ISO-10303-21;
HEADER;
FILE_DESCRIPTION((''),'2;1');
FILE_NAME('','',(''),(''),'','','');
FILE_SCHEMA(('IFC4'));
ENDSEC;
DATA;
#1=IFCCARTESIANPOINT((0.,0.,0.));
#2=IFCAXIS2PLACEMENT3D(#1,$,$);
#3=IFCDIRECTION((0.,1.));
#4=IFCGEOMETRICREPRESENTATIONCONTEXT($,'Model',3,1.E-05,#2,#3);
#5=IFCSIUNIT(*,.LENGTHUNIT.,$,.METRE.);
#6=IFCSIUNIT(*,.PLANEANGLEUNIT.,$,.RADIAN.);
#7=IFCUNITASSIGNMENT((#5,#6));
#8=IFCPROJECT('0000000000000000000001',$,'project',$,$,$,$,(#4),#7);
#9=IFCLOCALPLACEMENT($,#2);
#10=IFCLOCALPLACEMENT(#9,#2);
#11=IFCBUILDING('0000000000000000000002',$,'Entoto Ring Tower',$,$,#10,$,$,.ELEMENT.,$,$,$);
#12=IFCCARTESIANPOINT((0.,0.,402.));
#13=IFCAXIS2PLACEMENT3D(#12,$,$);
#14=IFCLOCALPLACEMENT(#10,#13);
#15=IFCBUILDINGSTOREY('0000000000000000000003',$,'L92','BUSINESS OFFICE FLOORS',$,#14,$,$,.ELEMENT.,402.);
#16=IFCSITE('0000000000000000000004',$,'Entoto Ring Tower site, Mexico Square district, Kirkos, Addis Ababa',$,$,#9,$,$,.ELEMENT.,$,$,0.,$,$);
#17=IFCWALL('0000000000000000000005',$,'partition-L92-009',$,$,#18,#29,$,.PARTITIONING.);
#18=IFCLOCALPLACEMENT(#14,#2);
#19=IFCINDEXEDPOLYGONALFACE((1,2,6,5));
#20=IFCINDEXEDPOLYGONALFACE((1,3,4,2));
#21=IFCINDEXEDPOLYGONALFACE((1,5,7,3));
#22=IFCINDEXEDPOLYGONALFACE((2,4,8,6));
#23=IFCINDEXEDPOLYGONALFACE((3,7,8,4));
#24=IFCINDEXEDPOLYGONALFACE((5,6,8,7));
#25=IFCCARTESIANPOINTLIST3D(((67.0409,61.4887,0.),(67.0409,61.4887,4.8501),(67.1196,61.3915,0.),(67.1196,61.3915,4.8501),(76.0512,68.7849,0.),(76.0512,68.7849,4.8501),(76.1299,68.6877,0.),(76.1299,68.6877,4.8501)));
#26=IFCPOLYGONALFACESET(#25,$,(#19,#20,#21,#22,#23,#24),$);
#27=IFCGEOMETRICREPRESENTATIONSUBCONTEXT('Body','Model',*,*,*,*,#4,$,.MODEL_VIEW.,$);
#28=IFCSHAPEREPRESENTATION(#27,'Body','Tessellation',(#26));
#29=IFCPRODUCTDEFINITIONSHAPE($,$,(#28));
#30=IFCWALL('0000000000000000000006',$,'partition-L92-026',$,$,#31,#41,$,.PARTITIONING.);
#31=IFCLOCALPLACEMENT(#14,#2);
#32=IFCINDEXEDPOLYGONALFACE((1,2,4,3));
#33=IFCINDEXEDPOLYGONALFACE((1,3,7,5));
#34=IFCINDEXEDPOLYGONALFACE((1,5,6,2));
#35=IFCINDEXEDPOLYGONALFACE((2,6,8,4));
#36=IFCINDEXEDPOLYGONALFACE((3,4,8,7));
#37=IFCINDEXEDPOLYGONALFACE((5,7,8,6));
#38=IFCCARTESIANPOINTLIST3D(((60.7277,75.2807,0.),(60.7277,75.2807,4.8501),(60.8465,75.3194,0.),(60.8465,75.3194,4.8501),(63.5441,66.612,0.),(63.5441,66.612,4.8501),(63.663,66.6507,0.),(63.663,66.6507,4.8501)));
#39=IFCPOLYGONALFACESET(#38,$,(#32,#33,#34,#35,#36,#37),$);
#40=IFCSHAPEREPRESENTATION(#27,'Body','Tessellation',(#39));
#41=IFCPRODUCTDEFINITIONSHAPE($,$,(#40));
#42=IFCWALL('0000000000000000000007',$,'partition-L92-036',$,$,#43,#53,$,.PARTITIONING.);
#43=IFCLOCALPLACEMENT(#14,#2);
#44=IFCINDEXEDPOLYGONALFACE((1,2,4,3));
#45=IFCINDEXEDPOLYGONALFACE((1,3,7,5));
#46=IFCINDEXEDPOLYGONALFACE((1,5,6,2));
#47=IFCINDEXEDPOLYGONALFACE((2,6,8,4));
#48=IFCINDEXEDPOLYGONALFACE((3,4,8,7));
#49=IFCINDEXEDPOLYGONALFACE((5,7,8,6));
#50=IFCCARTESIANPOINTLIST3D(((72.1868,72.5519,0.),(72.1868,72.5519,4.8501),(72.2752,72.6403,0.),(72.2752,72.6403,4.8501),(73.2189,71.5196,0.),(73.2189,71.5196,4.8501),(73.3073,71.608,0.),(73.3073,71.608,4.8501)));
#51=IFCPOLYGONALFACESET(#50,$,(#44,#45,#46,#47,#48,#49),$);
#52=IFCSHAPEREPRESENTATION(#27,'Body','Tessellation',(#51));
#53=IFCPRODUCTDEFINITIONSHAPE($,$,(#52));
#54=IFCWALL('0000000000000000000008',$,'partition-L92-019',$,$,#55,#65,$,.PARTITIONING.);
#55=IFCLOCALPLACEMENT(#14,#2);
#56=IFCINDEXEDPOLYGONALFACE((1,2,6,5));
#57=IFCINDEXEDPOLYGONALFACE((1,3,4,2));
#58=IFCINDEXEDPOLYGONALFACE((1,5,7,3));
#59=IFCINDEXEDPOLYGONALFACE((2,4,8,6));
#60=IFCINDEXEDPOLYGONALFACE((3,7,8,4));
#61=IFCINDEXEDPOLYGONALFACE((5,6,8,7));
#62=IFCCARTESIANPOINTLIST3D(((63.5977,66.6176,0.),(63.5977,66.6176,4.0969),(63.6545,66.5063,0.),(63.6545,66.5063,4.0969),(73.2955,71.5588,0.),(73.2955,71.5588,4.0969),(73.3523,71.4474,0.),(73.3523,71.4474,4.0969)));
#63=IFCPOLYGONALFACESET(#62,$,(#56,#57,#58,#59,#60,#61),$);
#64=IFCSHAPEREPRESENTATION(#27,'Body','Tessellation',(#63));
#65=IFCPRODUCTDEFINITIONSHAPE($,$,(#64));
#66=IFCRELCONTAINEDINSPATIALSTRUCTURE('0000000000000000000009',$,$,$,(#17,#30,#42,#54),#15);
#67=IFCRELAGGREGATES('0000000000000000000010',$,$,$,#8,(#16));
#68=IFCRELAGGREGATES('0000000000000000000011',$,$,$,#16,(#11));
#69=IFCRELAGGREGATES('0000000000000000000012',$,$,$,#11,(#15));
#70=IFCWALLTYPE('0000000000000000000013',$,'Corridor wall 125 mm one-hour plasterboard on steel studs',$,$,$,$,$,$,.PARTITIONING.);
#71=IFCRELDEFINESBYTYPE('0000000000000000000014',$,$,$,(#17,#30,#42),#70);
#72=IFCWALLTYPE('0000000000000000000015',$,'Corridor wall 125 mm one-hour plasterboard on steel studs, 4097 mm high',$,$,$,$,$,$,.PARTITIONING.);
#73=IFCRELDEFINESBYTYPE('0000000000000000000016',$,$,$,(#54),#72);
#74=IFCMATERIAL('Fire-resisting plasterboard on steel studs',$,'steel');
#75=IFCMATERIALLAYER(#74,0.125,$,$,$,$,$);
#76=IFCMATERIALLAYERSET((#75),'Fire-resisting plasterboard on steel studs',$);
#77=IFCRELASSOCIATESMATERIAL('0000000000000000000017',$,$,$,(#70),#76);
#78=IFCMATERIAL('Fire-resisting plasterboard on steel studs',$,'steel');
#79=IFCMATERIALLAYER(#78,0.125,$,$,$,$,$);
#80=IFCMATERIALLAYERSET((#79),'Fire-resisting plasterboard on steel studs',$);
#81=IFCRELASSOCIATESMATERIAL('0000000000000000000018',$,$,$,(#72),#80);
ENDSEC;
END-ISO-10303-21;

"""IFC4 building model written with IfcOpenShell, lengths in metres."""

from ifc_helpers import new_model, si_unit, direction, frame, frame_2d, origin, place, context, subcontext, project, spatial, rectangle, extrude, material, layer, layer_set, type_object, element, save


model = new_model("IFC4")

# Units and contexts
model_context = context("Model", 3, precision=1e-05, world=origin(), true_north=direction((0.0, 1.0)))
body_context = subcontext(model_context, "Body", "Model", "MODEL_VIEW")
ifc_project = project(units=[si_unit("LENGTHUNIT", "METRE"), si_unit("PLANEANGLEUNIT", "RADIAN")], contexts=[model_context])

# Site, building, storey
site_placement = place(None, origin())
site = spatial("IfcSite", under=ifc_project, at=site_placement, Name="Entoto Ring Tower site, Mexico Square district, Kirkos, Addis Ababa", CompositionType="ELEMENT", RefElevation=0.0)
building_placement = place(site_placement, origin())
building = spatial("IfcBuilding", under=site, at=building_placement, Name="Entoto Ring Tower", CompositionType="ELEMENT")
storey_placement = place(building_placement, frame((0.0, 0.0, 402.0)))
storey = spatial("IfcBuildingStorey", under=building, at=storey_placement, Name="L92", Description="BUSINESS OFFICE FLOORS", CompositionType="ELEMENT", Elevation=402.0)

# Walls
ifc_material_1 = material(Name="Fire-resisting plasterboard on steel studs", Category="steel")
ifc_layer_1 = layer(ifc_material_1, 0.125)
ifc_layer_set_1 = layer_set([ifc_layer_1], Name="Fire-resisting plasterboard on steel studs")
wall_type_1 = type_object("IfcWallType", Name="Corridor wall 125 mm one-hour plasterboard on steel studs", PredefinedType="PARTITIONING", material=ifc_layer_set_1)
wall_1_placement = place(storey_placement, frame((67.0803, 61.4402, 0.0), z_axis=(0.0, 0.0, 1.0), x_axis=(0.777155, 0.629309, 0.0)))
element("IfcWall", 1, at=wall_1_placement, inside=storey, type_object=wall_type_1, Name="partition-L92-009", PredefinedType="PARTITIONING", context=body_context, shape_type="SweptSolid", body=[
    extrude(rectangle(XDim=11.594, YDim=0.125, at=frame_2d((5.7969, 0.0))), origin(), (0.0, 0.0, 1.0), 4.8501),
])
wall_2_placement = place(storey_placement, frame((63.6035, 66.6313, 0.0), z_axis=(0.0, 0.0, 1.0), x_axis=(-0.308995, 0.951064, 0.0)))
element("IfcWall", 2, at=wall_2_placement, inside=storey, type_object=wall_type_1, Name="partition-L92-026", PredefinedType="PARTITIONING", context=body_context, shape_type="SweptSolid", body=[
    extrude(rectangle(XDim=9.1147, YDim=0.125, at=frame_2d((4.5574, 0.0))), origin(), (0.0, 0.0, 1.0), 4.8501),
])
wall_3_placement = place(storey_placement, frame((73.2632, 71.5637, 0.0), z_axis=(0.0, 0.0, 1.0), x_axis=(-0.707023, 0.70719, 0.0)))
element("IfcWall", 3, at=wall_3_placement, inside=storey, type_object=wall_type_1, Name="partition-L92-036", PredefinedType="PARTITIONING", context=body_context, shape_type="SweptSolid", body=[
    extrude(rectangle(XDim=1.4597, YDim=0.125, at=frame_2d((0.73, 0.0))), origin(), (0.0, 0.0, 1.0), 4.8501),
])
ifc_material_2 = material(Name="Fire-resisting plasterboard on steel studs", Category="steel")
ifc_layer_2 = layer(ifc_material_2, 0.125)
ifc_layer_set_2 = layer_set([ifc_layer_2], Name="Fire-resisting plasterboard on steel studs")
wall_type_2 = type_object("IfcWallType", Name="Corridor wall 125 mm one-hour plasterboard on steel studs, 4097 mm high", PredefinedType="PARTITIONING", material=ifc_layer_set_2)
wall_4_placement = place(storey_placement, frame((63.6262, 66.562, 0.0), z_axis=(0.0, 0.0, 1.0), x_axis=(0.89101, 0.453984, 0.0)))
element("IfcWall", 4, at=wall_4_placement, inside=storey, type_object=wall_type_2, Name="partition-L92-019", PredefinedType="PARTITIONING", context=body_context, shape_type="SweptSolid", body=[
    extrude(rectangle(XDim=10.884, YDim=0.125, at=frame_2d((5.4419, 0.0))), origin(), (0.0, 0.0, 1.0), 4.0969),
])

save(model, "model.ifc")
